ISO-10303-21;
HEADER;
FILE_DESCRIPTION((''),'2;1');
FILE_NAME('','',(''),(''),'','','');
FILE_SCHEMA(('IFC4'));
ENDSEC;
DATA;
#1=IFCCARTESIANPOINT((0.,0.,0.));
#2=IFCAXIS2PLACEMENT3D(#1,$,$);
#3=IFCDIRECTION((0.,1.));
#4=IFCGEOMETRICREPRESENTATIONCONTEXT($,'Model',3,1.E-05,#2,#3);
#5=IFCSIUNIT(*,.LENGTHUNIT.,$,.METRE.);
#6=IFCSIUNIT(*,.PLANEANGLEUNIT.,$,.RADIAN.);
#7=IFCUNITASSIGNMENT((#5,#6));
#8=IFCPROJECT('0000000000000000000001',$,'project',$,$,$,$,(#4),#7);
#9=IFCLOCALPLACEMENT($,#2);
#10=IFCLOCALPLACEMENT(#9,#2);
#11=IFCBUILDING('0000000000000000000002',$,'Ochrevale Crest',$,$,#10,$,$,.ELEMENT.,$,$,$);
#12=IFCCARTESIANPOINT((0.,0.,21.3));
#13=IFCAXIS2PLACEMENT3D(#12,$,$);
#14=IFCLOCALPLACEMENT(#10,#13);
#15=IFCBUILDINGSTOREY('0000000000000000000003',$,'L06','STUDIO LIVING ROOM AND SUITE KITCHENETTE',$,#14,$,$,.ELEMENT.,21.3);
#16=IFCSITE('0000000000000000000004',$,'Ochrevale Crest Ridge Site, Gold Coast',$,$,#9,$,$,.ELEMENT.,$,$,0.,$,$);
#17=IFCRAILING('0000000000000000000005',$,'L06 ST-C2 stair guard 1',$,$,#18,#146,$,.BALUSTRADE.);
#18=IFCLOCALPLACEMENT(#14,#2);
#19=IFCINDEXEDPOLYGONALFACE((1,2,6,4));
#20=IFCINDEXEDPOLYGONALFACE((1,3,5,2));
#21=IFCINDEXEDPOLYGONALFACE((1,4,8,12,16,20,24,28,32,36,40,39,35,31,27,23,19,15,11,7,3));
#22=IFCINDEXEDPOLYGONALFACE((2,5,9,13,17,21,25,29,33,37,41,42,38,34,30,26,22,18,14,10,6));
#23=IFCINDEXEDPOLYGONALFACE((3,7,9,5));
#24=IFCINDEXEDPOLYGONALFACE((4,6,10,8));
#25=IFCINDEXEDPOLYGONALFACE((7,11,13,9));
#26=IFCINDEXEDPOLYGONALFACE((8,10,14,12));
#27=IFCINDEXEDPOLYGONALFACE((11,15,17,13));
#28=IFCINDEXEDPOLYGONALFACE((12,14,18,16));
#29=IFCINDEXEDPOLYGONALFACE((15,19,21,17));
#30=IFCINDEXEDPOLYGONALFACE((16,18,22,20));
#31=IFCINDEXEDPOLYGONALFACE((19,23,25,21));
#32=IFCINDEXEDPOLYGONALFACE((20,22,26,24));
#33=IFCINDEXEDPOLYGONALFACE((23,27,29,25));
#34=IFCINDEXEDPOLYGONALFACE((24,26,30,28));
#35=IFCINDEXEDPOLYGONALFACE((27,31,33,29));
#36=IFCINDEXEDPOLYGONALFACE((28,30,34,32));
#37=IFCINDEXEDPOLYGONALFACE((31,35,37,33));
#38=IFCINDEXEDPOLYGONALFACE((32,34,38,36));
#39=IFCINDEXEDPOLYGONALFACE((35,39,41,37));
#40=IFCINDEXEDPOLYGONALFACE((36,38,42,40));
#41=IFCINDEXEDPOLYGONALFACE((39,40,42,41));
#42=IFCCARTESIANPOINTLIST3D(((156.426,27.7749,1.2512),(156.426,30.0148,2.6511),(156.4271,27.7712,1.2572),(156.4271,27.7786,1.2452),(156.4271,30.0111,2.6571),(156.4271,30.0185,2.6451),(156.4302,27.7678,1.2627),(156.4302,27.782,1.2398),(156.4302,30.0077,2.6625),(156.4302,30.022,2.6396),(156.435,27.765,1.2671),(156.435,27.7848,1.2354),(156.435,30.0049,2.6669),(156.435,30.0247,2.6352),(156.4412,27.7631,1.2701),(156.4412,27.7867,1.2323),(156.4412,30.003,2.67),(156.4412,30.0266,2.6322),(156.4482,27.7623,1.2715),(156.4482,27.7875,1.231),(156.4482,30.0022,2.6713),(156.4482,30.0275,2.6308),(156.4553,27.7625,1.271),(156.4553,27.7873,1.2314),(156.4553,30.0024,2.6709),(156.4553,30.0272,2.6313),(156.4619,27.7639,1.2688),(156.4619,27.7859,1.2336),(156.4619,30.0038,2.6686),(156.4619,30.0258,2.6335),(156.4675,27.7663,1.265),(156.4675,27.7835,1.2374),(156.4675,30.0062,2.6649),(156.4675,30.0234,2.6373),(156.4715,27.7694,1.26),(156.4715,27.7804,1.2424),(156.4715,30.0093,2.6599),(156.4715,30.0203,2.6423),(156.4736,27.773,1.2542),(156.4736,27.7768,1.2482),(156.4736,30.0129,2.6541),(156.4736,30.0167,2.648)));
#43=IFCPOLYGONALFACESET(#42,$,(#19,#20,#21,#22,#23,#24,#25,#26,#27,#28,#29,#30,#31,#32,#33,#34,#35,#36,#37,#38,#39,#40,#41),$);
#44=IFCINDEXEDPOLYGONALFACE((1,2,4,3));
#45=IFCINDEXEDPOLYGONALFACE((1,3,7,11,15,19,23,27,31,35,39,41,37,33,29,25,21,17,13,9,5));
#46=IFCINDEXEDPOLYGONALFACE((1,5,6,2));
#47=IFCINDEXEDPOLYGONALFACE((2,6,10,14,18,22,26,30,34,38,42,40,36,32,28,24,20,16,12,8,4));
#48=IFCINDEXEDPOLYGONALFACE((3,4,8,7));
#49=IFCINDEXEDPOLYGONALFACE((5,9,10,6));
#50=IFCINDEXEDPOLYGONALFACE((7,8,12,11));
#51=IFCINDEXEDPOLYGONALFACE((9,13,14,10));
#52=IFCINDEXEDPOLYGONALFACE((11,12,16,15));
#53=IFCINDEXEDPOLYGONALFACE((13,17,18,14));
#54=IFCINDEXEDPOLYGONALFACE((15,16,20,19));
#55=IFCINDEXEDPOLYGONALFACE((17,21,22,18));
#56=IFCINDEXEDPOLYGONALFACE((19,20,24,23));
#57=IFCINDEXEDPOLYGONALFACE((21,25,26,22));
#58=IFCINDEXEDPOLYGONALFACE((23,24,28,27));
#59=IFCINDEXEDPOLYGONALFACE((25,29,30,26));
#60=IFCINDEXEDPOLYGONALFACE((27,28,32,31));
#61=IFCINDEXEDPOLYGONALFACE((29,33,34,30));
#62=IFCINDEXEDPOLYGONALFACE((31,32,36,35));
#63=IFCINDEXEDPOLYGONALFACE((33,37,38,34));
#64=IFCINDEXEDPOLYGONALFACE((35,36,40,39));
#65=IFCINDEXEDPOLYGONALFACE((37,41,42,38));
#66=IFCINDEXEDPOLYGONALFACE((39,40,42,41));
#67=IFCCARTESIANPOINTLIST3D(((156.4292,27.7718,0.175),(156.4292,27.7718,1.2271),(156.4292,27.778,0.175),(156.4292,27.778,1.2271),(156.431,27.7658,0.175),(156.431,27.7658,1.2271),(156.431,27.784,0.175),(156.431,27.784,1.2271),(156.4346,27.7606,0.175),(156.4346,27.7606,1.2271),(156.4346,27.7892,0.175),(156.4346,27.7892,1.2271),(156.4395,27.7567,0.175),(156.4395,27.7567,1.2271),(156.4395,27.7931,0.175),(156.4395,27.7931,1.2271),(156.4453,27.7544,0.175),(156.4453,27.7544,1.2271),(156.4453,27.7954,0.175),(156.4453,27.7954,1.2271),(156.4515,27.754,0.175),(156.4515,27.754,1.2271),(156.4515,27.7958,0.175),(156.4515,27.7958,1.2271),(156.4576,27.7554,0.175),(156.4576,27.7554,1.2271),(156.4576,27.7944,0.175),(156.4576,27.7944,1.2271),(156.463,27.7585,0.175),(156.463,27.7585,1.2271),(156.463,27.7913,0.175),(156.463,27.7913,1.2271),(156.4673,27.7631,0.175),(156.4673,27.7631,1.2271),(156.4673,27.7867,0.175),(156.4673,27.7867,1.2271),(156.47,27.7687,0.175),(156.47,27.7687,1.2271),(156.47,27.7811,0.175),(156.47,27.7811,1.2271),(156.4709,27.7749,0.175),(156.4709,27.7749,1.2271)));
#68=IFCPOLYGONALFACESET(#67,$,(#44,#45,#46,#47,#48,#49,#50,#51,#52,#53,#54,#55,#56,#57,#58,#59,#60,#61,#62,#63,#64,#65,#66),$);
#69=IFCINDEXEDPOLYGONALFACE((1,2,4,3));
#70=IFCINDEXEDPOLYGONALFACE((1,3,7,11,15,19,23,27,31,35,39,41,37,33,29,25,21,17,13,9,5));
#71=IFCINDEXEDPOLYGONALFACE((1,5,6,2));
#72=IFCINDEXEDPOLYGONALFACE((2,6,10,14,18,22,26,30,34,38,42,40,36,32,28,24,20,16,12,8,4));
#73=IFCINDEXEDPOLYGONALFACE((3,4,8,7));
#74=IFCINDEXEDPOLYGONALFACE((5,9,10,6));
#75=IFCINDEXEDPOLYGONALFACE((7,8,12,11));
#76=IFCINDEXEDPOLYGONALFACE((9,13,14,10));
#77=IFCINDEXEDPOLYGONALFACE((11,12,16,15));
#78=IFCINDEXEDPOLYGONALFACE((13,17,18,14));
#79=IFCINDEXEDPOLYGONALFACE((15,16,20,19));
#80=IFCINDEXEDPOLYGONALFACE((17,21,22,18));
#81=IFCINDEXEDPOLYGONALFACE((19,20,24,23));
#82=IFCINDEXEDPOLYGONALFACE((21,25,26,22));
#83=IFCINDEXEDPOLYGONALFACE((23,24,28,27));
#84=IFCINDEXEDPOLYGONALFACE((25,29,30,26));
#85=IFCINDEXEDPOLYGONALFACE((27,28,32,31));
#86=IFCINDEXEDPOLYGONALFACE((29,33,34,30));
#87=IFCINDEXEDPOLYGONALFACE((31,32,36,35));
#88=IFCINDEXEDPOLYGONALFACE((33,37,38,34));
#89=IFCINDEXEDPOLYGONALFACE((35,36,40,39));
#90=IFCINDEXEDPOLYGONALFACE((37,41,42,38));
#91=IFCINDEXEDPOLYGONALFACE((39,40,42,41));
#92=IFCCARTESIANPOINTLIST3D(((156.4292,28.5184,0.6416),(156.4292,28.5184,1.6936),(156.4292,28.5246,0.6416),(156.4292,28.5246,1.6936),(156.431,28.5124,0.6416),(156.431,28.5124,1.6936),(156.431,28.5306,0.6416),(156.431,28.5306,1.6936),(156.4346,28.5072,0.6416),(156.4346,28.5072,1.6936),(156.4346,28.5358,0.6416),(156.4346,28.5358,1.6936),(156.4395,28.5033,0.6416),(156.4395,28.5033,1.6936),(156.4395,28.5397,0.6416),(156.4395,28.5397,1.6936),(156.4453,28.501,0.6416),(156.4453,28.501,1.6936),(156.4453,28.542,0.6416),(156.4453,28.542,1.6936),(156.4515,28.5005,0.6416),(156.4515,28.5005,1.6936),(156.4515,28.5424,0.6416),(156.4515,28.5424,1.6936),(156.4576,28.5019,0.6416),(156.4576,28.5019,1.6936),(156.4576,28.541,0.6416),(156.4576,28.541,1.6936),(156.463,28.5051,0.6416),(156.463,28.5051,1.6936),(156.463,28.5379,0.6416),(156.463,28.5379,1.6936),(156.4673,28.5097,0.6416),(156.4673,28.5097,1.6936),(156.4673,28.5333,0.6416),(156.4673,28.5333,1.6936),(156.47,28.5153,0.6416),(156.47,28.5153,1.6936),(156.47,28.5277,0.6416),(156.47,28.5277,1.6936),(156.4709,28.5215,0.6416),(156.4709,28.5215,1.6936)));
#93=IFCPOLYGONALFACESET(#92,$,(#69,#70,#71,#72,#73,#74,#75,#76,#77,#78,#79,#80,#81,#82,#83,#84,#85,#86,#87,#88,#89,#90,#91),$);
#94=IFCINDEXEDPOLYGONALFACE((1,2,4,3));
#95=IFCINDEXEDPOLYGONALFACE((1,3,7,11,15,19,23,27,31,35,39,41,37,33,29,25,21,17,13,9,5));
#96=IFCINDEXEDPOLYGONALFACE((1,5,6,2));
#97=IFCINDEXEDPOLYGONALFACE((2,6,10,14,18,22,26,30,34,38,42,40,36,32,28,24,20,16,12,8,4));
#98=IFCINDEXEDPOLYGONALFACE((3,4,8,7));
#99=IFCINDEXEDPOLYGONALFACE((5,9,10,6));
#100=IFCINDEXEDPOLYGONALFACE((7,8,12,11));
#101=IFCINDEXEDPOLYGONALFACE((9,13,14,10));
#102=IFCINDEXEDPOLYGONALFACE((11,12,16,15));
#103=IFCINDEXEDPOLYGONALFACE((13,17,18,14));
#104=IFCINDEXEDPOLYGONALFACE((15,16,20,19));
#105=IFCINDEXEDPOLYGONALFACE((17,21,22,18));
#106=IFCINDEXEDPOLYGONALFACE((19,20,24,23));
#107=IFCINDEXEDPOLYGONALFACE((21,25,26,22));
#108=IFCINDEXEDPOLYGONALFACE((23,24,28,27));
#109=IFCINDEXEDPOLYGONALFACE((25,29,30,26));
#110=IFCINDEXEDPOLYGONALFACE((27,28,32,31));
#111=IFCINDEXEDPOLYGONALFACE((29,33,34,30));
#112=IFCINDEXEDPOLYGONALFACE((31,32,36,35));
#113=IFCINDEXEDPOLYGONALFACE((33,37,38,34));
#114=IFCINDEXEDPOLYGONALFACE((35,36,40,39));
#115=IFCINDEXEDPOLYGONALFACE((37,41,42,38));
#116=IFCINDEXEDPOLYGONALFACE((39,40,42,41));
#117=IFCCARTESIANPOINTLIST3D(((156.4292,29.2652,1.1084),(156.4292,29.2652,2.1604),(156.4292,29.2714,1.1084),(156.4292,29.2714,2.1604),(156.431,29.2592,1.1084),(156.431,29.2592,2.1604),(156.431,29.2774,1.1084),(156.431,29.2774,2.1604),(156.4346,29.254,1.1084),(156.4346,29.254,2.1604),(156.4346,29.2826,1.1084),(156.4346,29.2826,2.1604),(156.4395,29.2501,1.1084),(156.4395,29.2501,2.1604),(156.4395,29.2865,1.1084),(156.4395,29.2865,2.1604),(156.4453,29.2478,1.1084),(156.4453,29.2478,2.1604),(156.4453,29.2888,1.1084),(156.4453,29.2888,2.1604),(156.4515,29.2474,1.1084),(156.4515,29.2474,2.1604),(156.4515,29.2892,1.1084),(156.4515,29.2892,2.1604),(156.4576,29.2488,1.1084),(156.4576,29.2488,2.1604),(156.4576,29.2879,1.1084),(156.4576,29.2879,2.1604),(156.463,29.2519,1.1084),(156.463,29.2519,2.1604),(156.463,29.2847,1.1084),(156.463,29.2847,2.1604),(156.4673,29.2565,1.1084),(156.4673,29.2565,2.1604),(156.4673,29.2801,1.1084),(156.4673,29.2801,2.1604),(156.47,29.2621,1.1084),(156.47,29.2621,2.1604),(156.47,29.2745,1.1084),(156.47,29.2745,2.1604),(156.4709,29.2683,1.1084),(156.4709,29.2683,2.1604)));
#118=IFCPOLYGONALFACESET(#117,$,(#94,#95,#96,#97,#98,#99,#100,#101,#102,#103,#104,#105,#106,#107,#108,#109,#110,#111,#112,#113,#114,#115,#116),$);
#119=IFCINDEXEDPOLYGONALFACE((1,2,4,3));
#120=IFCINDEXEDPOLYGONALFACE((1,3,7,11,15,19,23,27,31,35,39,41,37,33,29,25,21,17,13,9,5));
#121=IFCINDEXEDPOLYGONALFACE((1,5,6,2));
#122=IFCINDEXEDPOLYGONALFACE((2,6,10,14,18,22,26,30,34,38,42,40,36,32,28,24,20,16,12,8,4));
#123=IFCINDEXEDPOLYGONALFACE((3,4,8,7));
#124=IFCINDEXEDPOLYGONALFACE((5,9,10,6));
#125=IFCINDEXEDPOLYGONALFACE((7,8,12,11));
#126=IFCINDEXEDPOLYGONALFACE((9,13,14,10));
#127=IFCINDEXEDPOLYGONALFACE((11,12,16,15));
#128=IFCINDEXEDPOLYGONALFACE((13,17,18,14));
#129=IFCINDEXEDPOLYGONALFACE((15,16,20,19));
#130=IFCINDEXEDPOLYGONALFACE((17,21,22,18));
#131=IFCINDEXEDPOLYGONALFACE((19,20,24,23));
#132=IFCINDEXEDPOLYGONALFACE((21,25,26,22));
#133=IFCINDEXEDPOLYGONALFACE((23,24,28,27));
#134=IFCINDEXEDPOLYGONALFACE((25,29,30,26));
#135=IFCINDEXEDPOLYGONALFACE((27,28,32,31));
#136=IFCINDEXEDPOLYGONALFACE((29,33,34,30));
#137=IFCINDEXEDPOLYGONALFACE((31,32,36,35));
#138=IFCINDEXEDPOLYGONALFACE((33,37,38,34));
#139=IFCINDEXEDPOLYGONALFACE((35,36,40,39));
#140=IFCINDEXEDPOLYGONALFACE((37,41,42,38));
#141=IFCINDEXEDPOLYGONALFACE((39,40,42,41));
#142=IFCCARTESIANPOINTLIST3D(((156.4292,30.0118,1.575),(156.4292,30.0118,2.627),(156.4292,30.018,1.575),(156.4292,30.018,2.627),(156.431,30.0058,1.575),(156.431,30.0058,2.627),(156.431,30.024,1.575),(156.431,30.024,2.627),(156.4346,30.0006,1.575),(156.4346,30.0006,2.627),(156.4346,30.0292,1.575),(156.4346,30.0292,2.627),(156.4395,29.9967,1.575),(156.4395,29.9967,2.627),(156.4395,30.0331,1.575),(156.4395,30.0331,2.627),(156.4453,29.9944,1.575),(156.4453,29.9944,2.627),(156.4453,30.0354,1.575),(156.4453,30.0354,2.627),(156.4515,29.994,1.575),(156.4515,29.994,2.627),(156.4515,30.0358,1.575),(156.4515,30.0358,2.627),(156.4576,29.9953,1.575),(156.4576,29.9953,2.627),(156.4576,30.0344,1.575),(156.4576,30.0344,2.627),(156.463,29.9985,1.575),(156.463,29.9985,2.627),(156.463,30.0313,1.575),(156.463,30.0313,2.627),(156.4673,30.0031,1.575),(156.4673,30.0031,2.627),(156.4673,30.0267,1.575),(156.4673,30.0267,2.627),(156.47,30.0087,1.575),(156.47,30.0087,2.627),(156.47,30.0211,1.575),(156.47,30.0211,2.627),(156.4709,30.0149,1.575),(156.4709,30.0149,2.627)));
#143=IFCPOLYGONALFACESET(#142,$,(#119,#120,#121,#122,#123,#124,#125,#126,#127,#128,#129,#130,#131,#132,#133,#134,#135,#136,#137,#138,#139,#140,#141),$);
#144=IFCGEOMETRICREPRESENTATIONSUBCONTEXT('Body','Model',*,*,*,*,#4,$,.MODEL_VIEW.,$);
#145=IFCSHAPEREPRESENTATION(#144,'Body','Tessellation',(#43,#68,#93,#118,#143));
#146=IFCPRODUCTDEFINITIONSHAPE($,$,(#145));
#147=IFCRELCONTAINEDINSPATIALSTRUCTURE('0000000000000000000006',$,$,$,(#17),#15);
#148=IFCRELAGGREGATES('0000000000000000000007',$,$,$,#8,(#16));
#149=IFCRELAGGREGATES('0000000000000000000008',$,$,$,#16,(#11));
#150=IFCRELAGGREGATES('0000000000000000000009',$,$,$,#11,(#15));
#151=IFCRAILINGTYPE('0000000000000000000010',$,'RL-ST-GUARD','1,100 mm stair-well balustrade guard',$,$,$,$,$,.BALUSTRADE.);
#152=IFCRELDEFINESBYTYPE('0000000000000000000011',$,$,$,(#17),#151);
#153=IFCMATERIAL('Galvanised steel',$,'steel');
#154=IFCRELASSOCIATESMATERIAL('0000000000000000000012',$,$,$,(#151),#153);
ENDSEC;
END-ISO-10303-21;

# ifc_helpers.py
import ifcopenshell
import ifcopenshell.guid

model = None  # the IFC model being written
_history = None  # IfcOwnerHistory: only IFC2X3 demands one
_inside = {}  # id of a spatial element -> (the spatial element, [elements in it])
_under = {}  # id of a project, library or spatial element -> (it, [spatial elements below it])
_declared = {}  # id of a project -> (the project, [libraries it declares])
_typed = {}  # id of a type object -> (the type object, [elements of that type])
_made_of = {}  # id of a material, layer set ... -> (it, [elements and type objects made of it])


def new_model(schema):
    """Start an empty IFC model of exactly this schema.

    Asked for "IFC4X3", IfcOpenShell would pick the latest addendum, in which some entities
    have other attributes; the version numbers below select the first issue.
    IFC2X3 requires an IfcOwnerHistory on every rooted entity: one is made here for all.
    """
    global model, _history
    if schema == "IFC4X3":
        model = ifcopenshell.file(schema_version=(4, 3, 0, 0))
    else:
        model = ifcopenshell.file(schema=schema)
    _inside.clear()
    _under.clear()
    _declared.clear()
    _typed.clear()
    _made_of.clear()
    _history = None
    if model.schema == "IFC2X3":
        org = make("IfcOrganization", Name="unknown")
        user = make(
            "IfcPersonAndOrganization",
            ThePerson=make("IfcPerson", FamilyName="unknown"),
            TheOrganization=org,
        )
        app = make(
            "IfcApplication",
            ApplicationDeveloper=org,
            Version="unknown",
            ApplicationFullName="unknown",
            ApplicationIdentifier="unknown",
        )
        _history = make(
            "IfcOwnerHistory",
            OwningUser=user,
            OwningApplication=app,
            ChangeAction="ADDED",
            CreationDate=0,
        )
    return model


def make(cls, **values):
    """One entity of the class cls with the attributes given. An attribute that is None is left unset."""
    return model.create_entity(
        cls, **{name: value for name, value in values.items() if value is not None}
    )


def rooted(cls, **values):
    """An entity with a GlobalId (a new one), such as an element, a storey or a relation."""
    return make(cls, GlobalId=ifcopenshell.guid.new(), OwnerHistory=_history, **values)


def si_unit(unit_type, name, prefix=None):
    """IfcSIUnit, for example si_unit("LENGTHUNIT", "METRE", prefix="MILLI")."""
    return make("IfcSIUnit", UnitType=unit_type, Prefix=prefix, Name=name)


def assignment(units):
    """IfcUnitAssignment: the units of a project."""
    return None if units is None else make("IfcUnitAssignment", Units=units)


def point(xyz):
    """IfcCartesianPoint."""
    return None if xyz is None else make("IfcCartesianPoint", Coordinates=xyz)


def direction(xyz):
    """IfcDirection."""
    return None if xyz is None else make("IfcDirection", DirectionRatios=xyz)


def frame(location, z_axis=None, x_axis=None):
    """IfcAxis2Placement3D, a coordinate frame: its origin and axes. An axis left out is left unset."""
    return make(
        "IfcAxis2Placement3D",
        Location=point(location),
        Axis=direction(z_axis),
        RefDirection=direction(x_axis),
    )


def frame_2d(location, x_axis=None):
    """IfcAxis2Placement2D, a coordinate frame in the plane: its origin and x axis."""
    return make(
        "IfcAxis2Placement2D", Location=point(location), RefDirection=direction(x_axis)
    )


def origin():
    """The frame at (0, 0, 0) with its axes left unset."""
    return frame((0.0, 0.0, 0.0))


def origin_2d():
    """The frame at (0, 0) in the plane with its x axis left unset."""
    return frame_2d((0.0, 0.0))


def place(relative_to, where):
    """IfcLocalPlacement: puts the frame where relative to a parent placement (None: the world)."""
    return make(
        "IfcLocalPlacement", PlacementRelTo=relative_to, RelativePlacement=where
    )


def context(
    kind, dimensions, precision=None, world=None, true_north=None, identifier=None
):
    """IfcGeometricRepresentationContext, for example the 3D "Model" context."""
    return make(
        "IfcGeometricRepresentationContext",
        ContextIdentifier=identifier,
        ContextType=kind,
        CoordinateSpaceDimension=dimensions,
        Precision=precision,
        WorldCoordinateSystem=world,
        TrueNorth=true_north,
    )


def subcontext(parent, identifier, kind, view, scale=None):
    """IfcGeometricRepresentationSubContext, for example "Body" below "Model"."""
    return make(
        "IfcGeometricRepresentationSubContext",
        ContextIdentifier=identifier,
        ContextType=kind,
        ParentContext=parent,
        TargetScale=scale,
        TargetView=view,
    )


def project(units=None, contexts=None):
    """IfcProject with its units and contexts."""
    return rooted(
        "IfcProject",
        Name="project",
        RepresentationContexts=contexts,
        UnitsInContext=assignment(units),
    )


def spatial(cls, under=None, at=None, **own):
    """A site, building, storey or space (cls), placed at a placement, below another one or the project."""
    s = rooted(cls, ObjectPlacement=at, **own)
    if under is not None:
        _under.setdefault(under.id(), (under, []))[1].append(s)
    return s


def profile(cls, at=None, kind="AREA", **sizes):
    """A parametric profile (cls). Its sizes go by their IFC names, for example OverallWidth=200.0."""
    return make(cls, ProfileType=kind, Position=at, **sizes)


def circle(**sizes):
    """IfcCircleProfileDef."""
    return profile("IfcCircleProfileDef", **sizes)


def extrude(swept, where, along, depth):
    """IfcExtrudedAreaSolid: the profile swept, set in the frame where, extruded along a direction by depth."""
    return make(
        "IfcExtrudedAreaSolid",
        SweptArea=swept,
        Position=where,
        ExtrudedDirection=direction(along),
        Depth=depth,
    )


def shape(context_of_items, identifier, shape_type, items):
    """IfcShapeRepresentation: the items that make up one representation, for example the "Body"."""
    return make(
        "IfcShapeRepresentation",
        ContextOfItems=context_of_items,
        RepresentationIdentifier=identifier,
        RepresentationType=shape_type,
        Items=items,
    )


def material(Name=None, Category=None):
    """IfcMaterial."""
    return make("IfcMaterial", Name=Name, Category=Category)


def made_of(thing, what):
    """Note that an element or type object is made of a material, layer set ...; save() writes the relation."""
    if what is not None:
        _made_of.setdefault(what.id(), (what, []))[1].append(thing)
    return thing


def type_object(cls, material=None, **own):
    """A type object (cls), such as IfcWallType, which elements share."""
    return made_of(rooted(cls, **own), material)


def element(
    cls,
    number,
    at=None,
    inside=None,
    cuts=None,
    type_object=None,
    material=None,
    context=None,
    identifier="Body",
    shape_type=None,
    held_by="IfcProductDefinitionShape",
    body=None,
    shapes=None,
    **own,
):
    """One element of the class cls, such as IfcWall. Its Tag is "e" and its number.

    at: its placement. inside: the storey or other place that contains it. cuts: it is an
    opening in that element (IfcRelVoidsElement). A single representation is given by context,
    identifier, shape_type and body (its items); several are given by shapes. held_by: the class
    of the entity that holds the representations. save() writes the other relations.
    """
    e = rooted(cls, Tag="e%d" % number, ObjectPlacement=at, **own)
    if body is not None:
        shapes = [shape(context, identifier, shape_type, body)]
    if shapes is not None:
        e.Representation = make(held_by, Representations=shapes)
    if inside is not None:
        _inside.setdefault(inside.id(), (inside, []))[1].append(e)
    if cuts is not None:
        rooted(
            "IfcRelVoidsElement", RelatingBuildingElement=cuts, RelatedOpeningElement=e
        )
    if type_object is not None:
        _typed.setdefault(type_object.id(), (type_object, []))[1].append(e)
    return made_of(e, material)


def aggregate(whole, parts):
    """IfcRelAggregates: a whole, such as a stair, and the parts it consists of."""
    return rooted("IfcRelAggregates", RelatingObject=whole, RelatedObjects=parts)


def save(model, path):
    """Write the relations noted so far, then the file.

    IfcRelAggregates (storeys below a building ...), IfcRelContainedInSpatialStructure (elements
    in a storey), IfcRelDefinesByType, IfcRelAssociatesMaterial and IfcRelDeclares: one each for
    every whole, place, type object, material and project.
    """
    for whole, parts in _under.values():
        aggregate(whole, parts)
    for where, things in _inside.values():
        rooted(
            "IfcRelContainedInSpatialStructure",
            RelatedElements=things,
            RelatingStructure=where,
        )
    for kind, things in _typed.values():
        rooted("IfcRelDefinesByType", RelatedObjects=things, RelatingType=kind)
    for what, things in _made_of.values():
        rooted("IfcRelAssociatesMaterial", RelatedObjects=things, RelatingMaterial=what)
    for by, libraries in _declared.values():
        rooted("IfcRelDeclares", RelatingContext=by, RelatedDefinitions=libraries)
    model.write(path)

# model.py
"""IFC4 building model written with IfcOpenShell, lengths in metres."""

from ifc_helpers import new_model, si_unit, direction, frame, origin, origin_2d, place, context, subcontext, project, spatial, circle, extrude, material, type_object, element, save


model = new_model("IFC4")

# Units and contexts
model_context = context("Model", 3, precision=1e-05, world=origin(), true_north=direction((0.0, 1.0)))
body_context = subcontext(model_context, "Body", "Model", "MODEL_VIEW")
ifc_project = project(units=[si_unit("LENGTHUNIT", "METRE"), si_unit("PLANEANGLEUNIT", "RADIAN")], contexts=[model_context])

# Site, building, storey
site_placement = place(None, origin())
site = spatial("IfcSite", under=ifc_project, at=site_placement, Name="Ochrevale Crest Ridge Site, Gold Coast", CompositionType="ELEMENT", RefElevation=0.0)
building_placement = place(site_placement, origin())
building = spatial("IfcBuilding", under=site, at=building_placement, Name="Ochrevale Crest", CompositionType="ELEMENT")
storey_placement = place(building_placement, frame((0.0, 0.0, 21.3)))
storey = spatial("IfcBuildingStorey", under=building, at=storey_placement, Name="L06", Description="STUDIO LIVING ROOM AND SUITE KITCHENETTE", CompositionType="ELEMENT", Elevation=21.3)

# Railing
ifc_material_1 = material(Name="Galvanised steel", Category="steel")
railing_type_1 = type_object("IfcRailingType", Name="RL-ST-GUARD", Description="1,100 mm stair-well balustrade guard", PredefinedType="BALUSTRADE", material=ifc_material_1)
railing_1_placement = place(storey_placement, frame((156.45, 27.7749, 0.175)))
element("IfcRailing", 1, at=railing_1_placement, inside=storey, type_object=railing_type_1, Name="L06 ST-C2 stair guard 1", PredefinedType="BALUSTRADE", context=body_context, shape_type="SweptSolid", body=[
    extrude(circle(Radius=0.0239, at=origin_2d()), frame((0.0, 0.0, 1.0762), z_axis=(0.0, 0.848014, 0.529974), x_axis=(-1.0, 0.0, 0.0)), (0.0, 0.0, 1.0), 2.6414),
    extrude(circle(Radius=0.021, at=origin_2d()), origin(), (0.0, 0.0, 1.0), 1.052),
    extrude(circle(Radius=0.021, at=origin_2d()), frame((0.0, 0.7466, 0.4666)), (0.0, 0.0, 1.0), 1.052),
    extrude(circle(Radius=0.021, at=origin_2d()), frame((0.0, 1.4934, 0.9333)), (0.0, 0.0, 1.0), 1.052),
    extrude(circle(Radius=0.021, at=origin_2d()), frame((0.0, 2.24, 1.3999)), (0.0, 0.0, 1.0), 1.052),
])

save(model, "model.ifc")
